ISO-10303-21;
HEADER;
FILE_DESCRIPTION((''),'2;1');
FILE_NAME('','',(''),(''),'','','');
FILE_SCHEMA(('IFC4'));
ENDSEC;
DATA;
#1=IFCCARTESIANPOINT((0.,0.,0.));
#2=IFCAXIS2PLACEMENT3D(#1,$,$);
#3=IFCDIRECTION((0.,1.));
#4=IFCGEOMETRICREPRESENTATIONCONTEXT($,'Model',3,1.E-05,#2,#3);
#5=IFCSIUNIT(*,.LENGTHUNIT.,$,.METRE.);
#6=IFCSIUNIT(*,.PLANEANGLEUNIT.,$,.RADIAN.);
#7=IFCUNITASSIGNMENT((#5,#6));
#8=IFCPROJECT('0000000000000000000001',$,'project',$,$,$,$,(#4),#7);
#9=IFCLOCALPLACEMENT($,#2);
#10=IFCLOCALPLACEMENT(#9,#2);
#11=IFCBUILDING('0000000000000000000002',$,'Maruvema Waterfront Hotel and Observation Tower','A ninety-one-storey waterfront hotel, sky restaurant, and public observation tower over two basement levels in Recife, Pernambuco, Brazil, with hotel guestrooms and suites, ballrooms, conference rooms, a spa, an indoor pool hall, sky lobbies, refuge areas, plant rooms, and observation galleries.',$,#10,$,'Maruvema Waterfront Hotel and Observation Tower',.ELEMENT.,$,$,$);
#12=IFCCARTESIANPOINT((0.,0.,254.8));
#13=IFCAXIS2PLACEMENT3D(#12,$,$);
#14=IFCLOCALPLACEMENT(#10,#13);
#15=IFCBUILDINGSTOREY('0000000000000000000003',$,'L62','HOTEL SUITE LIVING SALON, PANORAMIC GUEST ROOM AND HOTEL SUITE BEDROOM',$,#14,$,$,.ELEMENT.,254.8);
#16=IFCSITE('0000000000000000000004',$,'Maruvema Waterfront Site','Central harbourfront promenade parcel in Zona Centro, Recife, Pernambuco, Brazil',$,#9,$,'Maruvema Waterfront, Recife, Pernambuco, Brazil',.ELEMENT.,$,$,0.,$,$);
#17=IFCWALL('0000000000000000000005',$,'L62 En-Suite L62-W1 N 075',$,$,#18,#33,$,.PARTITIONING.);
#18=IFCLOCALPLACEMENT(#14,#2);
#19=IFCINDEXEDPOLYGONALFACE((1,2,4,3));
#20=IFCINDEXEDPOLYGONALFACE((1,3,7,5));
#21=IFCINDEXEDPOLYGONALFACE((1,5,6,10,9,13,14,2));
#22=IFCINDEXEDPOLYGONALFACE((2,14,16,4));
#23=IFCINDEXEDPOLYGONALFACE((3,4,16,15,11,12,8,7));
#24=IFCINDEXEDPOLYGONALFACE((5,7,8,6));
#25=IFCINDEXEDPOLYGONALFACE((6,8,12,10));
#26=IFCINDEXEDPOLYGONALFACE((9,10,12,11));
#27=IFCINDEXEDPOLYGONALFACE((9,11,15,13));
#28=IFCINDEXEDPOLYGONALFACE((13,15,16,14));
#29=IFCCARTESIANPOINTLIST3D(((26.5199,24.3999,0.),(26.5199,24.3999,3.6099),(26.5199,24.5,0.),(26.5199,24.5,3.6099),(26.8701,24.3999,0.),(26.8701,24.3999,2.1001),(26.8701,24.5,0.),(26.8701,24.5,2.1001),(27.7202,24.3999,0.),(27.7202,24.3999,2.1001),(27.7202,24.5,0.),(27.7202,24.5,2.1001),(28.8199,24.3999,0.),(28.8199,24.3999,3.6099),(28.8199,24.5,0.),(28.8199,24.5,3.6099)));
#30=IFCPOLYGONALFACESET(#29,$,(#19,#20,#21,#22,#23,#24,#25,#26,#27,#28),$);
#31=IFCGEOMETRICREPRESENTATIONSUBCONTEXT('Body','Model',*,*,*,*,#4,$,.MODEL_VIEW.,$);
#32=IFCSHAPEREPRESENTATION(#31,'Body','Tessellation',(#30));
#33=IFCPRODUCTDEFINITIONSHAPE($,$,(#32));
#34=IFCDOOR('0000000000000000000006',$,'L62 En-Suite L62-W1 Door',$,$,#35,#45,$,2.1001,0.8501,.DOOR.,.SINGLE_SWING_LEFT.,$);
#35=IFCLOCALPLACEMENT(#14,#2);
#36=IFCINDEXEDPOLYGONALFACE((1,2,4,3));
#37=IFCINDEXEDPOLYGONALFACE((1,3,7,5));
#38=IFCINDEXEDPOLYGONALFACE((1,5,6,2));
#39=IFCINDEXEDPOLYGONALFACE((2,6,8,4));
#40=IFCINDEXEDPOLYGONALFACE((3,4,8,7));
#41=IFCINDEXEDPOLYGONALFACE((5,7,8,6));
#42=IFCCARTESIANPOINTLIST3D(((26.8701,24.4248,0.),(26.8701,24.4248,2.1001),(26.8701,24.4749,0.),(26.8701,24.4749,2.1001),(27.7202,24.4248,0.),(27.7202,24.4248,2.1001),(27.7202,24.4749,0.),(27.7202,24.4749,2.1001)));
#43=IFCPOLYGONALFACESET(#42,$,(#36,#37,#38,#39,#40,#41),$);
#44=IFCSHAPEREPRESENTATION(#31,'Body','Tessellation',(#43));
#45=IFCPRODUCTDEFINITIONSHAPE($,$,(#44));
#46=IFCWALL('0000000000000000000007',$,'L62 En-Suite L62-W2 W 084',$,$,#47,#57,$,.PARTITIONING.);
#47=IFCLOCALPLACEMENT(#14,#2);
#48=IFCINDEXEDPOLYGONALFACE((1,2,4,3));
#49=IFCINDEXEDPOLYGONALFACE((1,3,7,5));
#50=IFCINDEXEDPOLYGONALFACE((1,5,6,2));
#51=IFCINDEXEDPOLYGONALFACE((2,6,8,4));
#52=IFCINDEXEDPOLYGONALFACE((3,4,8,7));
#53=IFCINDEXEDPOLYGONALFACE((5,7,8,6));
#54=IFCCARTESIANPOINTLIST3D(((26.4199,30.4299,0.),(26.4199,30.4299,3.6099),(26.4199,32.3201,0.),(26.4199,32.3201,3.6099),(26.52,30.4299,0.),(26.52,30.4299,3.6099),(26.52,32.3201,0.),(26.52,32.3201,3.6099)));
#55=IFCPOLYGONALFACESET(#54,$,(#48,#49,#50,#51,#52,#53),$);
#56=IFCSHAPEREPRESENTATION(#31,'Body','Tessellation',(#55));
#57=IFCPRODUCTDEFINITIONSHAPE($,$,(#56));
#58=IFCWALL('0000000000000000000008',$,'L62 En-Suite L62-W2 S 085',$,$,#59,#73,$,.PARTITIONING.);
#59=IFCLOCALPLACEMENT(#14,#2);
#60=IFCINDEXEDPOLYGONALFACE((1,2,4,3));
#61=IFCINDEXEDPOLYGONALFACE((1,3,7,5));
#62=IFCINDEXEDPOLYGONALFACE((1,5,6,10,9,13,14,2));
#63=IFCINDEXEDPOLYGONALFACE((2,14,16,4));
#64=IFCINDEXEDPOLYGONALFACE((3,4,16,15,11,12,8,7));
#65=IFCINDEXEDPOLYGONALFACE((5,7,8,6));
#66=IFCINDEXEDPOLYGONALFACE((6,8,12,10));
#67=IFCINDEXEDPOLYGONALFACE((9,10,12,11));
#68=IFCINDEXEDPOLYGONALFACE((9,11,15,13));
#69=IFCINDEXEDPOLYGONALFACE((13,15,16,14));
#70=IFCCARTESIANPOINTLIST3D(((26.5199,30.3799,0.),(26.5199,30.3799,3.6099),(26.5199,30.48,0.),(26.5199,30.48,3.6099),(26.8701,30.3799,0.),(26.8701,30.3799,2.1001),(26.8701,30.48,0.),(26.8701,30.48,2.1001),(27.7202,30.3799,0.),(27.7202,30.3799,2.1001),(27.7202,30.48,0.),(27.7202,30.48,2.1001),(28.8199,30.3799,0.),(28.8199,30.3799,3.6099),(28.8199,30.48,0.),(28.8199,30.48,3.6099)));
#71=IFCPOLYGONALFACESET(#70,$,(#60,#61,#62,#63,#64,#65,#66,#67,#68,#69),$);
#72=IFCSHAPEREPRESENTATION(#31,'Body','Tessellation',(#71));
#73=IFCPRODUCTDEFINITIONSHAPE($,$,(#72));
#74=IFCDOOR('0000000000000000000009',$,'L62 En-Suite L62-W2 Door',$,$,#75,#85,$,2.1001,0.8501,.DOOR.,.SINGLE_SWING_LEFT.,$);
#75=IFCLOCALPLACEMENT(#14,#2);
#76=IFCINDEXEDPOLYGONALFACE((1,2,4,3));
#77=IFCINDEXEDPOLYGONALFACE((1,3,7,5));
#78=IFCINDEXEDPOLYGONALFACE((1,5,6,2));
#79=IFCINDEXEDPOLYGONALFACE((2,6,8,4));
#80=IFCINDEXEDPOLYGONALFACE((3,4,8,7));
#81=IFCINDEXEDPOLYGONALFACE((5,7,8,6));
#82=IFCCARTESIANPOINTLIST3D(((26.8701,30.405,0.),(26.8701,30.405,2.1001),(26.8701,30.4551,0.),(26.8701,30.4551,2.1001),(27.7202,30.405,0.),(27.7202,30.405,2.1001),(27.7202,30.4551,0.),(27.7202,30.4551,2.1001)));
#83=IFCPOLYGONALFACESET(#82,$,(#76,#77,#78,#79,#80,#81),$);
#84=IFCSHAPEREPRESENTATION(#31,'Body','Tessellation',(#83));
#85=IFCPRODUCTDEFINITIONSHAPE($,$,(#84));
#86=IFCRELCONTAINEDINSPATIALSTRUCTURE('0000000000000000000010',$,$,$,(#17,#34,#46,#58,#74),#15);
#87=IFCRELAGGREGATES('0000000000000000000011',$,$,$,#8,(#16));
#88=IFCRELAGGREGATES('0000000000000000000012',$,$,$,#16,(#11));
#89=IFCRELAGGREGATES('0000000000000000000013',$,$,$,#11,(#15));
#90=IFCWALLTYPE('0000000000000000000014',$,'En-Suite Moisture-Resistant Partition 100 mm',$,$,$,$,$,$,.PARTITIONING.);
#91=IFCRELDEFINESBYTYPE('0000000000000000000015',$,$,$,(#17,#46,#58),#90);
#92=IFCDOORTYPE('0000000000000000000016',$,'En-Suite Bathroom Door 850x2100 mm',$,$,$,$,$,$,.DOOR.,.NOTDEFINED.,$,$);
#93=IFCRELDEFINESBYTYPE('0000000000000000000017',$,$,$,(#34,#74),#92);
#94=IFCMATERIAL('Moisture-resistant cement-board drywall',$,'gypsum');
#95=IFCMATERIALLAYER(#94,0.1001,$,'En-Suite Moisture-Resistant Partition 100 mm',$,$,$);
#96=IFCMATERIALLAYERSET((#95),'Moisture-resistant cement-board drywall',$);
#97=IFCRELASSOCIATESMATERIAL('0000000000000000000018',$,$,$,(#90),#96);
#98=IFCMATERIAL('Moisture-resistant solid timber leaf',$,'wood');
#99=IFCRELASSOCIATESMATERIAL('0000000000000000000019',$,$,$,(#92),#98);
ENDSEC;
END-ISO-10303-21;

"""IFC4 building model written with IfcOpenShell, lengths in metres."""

from ifc_helpers import new_model, si_unit, direction, frame, frame_2d, origin, place, context, subcontext, project, spatial, rectangle, extrude, material, layer, layer_set, type_object, element, fill, save


model = new_model("IFC4")

# Units and contexts
model_context = context("Model", 3, precision=1e-05, world=origin(), true_north=direction((0.0, 1.0)))
body_context = subcontext(model_context, "Body", "Model", "MODEL_VIEW")
ifc_project = project(units=[si_unit("LENGTHUNIT", "METRE"), si_unit("PLANEANGLEUNIT", "RADIAN")], contexts=[model_context])

# Site, building, storey
site_placement = place(None, origin())
site = spatial("IfcSite", under=ifc_project, at=site_placement, Name="Maruvema Waterfront Site", Description="Central harbourfront promenade parcel in Zona Centro, Recife, Pernambuco, Brazil", LongName="Maruvema Waterfront, Recife, Pernambuco, Brazil", CompositionType="ELEMENT", RefElevation=0.0)
building_placement = place(site_placement, origin())
building = spatial("IfcBuilding", under=site, at=building_placement, Name="Maruvema Waterfront Hotel and Observation Tower", Description="A ninety-one-storey waterfront hotel, sky restaurant, and public observation tower over two basement levels in Recife, Pernambuco, Brazil, with hotel guestrooms and suites, ballrooms, conference rooms, a spa, an indoor pool hall, sky lobbies, refuge areas, plant rooms, and observation galleries.", LongName="Maruvema Waterfront Hotel and Observation Tower", CompositionType="ELEMENT")
storey_placement = place(building_placement, frame((0.0, 0.0, 254.8)))
storey = spatial("IfcBuildingStorey", under=building, at=storey_placement, Name="L62", Description="HOTEL SUITE LIVING SALON, PANORAMIC GUEST ROOM AND HOTEL SUITE BEDROOM", CompositionType="ELEMENT", Elevation=254.8)

# Shared definitions
ifc_material_1 = material(Name="Moisture-resistant cement-board drywall", Category="gypsum")
ifc_layer_1 = layer(ifc_material_1, 0.1001, Name="En-Suite Moisture-Resistant Partition 100 mm")
ifc_layer_set_1 = layer_set([ifc_layer_1], Name="Moisture-resistant cement-board drywall")
wall_type_1 = type_object("IfcWallType", Name="En-Suite Moisture-Resistant Partition 100 mm", PredefinedType="PARTITIONING", material=ifc_layer_set_1)

# Wall, opening, door
wall_1_placement = place(storey_placement, frame((26.52, 24.45, 0.0), z_axis=(0.0, 0.0, 1.0), x_axis=(1.0, 0.0, 0.0)))
wall_1 = element("IfcWall", 1, at=wall_1_placement, inside=storey, type_object=wall_type_1, Name="L62 En-Suite L62-W1 N 075", PredefinedType="PARTITIONING", context=body_context, shape_type="SweptSolid", body=[
    extrude(rectangle(XDim=2.3, YDim=0.1001, at=frame_2d((1.1499, 0.0))), origin(), (0.0, 0.0, 1.0), 3.6099),
])
opening_1_placement = place(wall_1_placement, frame((0.3501, 0.0, 0.0)))
opening_1 = element("IfcOpeningElement", 2, at=opening_1_placement, cuts=wall_1, PredefinedType="OPENING", context=body_context, shape_type="SweptSolid", body=[
    extrude(rectangle(XDim=0.8501, YDim=2.1001, at=frame_2d((0.425, 1.05))), frame((0.0, 0.0601, 0.0), z_axis=(0.0, -1.0, 0.0), x_axis=(1.0, 0.0, 0.0)), (0.0, 0.0, 1.0), 0.1201),
])
ifc_material_2 = material(Name="Moisture-resistant solid timber leaf", Category="wood")
door_type_1 = type_object("IfcDoorType", Name="En-Suite Bathroom Door 850x2100 mm", OperationType="NOTDEFINED", PredefinedType="DOOR", material=ifc_material_2)
door_1_placement = place(opening_1_placement, origin())
door_1 = element("IfcDoor", 3, at=door_1_placement, inside=storey, type_object=door_type_1, Name="L62 En-Suite L62-W1 Door", OperationType="SINGLE_SWING_LEFT", OverallHeight=2.1001, OverallWidth=0.8501, PredefinedType="DOOR", context=body_context, shape_type="SweptSolid", body=[
    extrude(rectangle(XDim=0.8501, YDim=2.1001, at=frame_2d((0.425, 1.05))), frame((0.0, 0.0249, 0.0), z_axis=(0.0, -1.0, 0.0), x_axis=(1.0, 0.0, 0.0)), (0.0, 0.0, 1.0), 0.05),
])
fill(opening_1, door_1)

# Wall
wall_2_placement = place(storey_placement, frame((26.47, 30.4299, 0.0), z_axis=(0.0, 0.0, 1.0), x_axis=(0.0, 1.0, 0.0)))
element("IfcWall", 4, at=wall_2_placement, inside=storey, type_object=wall_type_1, Name="L62 En-Suite L62-W2 W 084", PredefinedType="PARTITIONING", context=body_context, shape_type="SweptSolid", body=[
    extrude(rectangle(XDim=1.8901, YDim=0.1001, at=frame_2d((0.9451, 0.0))), origin(), (0.0, 0.0, 1.0), 3.6099),
])

# Wall, opening, door
wall_3_placement = place(storey_placement, frame((26.52, 30.4299, 0.0), z_axis=(0.0, 0.0, 1.0), x_axis=(1.0, 0.0, 0.0)))
wall_3 = element("IfcWall", 5, at=wall_3_placement, inside=storey, type_object=wall_type_1, Name="L62 En-Suite L62-W2 S 085", PredefinedType="PARTITIONING", context=body_context, shape_type="SweptSolid", body=[
    extrude(rectangle(XDim=2.3, YDim=0.1001, at=frame_2d((1.1499, 0.0))), origin(), (0.0, 0.0, 1.0), 3.6099),
])
opening_2_placement = place(wall_3_placement, frame((0.3501, 0.0, 0.0)))
opening_2 = element("IfcOpeningElement", 6, at=opening_2_placement, cuts=wall_3, PredefinedType="OPENING", context=body_context, shape_type="SweptSolid", body=[
    extrude(rectangle(XDim=0.8501, YDim=2.1001, at=frame_2d((0.425, 1.05))), frame((0.0, 0.0601, 0.0), z_axis=(0.0, -1.0, 0.0), x_axis=(1.0, 0.0, 0.0)), (0.0, 0.0, 1.0), 0.1201),
])
door_2_placement = place(opening_2_placement, frame((0.8501, 0.0, 0.0), z_axis=(0.0, 0.0, 1.0), x_axis=(-1.0, 0.0, 0.0)))
door_2 = element("IfcDoor", 7, at=door_2_placement, inside=storey, type_object=door_type_1, Name="L62 En-Suite L62-W2 Door", OperationType="SINGLE_SWING_LEFT", OverallHeight=2.1001, OverallWidth=0.8501, PredefinedType="DOOR", context=body_context, shape_type="SweptSolid", body=[
    extrude(rectangle(XDim=0.8501, YDim=2.1001, at=frame_2d((0.425, 1.05))), frame((0.0, 0.0249, 0.0), z_axis=(0.0, -1.0, 0.0), x_axis=(1.0, 0.0, 0.0)), (0.0, 0.0, 1.0), 0.05),
])
fill(opening_2, door_2)

save(model, "model.ifc")
